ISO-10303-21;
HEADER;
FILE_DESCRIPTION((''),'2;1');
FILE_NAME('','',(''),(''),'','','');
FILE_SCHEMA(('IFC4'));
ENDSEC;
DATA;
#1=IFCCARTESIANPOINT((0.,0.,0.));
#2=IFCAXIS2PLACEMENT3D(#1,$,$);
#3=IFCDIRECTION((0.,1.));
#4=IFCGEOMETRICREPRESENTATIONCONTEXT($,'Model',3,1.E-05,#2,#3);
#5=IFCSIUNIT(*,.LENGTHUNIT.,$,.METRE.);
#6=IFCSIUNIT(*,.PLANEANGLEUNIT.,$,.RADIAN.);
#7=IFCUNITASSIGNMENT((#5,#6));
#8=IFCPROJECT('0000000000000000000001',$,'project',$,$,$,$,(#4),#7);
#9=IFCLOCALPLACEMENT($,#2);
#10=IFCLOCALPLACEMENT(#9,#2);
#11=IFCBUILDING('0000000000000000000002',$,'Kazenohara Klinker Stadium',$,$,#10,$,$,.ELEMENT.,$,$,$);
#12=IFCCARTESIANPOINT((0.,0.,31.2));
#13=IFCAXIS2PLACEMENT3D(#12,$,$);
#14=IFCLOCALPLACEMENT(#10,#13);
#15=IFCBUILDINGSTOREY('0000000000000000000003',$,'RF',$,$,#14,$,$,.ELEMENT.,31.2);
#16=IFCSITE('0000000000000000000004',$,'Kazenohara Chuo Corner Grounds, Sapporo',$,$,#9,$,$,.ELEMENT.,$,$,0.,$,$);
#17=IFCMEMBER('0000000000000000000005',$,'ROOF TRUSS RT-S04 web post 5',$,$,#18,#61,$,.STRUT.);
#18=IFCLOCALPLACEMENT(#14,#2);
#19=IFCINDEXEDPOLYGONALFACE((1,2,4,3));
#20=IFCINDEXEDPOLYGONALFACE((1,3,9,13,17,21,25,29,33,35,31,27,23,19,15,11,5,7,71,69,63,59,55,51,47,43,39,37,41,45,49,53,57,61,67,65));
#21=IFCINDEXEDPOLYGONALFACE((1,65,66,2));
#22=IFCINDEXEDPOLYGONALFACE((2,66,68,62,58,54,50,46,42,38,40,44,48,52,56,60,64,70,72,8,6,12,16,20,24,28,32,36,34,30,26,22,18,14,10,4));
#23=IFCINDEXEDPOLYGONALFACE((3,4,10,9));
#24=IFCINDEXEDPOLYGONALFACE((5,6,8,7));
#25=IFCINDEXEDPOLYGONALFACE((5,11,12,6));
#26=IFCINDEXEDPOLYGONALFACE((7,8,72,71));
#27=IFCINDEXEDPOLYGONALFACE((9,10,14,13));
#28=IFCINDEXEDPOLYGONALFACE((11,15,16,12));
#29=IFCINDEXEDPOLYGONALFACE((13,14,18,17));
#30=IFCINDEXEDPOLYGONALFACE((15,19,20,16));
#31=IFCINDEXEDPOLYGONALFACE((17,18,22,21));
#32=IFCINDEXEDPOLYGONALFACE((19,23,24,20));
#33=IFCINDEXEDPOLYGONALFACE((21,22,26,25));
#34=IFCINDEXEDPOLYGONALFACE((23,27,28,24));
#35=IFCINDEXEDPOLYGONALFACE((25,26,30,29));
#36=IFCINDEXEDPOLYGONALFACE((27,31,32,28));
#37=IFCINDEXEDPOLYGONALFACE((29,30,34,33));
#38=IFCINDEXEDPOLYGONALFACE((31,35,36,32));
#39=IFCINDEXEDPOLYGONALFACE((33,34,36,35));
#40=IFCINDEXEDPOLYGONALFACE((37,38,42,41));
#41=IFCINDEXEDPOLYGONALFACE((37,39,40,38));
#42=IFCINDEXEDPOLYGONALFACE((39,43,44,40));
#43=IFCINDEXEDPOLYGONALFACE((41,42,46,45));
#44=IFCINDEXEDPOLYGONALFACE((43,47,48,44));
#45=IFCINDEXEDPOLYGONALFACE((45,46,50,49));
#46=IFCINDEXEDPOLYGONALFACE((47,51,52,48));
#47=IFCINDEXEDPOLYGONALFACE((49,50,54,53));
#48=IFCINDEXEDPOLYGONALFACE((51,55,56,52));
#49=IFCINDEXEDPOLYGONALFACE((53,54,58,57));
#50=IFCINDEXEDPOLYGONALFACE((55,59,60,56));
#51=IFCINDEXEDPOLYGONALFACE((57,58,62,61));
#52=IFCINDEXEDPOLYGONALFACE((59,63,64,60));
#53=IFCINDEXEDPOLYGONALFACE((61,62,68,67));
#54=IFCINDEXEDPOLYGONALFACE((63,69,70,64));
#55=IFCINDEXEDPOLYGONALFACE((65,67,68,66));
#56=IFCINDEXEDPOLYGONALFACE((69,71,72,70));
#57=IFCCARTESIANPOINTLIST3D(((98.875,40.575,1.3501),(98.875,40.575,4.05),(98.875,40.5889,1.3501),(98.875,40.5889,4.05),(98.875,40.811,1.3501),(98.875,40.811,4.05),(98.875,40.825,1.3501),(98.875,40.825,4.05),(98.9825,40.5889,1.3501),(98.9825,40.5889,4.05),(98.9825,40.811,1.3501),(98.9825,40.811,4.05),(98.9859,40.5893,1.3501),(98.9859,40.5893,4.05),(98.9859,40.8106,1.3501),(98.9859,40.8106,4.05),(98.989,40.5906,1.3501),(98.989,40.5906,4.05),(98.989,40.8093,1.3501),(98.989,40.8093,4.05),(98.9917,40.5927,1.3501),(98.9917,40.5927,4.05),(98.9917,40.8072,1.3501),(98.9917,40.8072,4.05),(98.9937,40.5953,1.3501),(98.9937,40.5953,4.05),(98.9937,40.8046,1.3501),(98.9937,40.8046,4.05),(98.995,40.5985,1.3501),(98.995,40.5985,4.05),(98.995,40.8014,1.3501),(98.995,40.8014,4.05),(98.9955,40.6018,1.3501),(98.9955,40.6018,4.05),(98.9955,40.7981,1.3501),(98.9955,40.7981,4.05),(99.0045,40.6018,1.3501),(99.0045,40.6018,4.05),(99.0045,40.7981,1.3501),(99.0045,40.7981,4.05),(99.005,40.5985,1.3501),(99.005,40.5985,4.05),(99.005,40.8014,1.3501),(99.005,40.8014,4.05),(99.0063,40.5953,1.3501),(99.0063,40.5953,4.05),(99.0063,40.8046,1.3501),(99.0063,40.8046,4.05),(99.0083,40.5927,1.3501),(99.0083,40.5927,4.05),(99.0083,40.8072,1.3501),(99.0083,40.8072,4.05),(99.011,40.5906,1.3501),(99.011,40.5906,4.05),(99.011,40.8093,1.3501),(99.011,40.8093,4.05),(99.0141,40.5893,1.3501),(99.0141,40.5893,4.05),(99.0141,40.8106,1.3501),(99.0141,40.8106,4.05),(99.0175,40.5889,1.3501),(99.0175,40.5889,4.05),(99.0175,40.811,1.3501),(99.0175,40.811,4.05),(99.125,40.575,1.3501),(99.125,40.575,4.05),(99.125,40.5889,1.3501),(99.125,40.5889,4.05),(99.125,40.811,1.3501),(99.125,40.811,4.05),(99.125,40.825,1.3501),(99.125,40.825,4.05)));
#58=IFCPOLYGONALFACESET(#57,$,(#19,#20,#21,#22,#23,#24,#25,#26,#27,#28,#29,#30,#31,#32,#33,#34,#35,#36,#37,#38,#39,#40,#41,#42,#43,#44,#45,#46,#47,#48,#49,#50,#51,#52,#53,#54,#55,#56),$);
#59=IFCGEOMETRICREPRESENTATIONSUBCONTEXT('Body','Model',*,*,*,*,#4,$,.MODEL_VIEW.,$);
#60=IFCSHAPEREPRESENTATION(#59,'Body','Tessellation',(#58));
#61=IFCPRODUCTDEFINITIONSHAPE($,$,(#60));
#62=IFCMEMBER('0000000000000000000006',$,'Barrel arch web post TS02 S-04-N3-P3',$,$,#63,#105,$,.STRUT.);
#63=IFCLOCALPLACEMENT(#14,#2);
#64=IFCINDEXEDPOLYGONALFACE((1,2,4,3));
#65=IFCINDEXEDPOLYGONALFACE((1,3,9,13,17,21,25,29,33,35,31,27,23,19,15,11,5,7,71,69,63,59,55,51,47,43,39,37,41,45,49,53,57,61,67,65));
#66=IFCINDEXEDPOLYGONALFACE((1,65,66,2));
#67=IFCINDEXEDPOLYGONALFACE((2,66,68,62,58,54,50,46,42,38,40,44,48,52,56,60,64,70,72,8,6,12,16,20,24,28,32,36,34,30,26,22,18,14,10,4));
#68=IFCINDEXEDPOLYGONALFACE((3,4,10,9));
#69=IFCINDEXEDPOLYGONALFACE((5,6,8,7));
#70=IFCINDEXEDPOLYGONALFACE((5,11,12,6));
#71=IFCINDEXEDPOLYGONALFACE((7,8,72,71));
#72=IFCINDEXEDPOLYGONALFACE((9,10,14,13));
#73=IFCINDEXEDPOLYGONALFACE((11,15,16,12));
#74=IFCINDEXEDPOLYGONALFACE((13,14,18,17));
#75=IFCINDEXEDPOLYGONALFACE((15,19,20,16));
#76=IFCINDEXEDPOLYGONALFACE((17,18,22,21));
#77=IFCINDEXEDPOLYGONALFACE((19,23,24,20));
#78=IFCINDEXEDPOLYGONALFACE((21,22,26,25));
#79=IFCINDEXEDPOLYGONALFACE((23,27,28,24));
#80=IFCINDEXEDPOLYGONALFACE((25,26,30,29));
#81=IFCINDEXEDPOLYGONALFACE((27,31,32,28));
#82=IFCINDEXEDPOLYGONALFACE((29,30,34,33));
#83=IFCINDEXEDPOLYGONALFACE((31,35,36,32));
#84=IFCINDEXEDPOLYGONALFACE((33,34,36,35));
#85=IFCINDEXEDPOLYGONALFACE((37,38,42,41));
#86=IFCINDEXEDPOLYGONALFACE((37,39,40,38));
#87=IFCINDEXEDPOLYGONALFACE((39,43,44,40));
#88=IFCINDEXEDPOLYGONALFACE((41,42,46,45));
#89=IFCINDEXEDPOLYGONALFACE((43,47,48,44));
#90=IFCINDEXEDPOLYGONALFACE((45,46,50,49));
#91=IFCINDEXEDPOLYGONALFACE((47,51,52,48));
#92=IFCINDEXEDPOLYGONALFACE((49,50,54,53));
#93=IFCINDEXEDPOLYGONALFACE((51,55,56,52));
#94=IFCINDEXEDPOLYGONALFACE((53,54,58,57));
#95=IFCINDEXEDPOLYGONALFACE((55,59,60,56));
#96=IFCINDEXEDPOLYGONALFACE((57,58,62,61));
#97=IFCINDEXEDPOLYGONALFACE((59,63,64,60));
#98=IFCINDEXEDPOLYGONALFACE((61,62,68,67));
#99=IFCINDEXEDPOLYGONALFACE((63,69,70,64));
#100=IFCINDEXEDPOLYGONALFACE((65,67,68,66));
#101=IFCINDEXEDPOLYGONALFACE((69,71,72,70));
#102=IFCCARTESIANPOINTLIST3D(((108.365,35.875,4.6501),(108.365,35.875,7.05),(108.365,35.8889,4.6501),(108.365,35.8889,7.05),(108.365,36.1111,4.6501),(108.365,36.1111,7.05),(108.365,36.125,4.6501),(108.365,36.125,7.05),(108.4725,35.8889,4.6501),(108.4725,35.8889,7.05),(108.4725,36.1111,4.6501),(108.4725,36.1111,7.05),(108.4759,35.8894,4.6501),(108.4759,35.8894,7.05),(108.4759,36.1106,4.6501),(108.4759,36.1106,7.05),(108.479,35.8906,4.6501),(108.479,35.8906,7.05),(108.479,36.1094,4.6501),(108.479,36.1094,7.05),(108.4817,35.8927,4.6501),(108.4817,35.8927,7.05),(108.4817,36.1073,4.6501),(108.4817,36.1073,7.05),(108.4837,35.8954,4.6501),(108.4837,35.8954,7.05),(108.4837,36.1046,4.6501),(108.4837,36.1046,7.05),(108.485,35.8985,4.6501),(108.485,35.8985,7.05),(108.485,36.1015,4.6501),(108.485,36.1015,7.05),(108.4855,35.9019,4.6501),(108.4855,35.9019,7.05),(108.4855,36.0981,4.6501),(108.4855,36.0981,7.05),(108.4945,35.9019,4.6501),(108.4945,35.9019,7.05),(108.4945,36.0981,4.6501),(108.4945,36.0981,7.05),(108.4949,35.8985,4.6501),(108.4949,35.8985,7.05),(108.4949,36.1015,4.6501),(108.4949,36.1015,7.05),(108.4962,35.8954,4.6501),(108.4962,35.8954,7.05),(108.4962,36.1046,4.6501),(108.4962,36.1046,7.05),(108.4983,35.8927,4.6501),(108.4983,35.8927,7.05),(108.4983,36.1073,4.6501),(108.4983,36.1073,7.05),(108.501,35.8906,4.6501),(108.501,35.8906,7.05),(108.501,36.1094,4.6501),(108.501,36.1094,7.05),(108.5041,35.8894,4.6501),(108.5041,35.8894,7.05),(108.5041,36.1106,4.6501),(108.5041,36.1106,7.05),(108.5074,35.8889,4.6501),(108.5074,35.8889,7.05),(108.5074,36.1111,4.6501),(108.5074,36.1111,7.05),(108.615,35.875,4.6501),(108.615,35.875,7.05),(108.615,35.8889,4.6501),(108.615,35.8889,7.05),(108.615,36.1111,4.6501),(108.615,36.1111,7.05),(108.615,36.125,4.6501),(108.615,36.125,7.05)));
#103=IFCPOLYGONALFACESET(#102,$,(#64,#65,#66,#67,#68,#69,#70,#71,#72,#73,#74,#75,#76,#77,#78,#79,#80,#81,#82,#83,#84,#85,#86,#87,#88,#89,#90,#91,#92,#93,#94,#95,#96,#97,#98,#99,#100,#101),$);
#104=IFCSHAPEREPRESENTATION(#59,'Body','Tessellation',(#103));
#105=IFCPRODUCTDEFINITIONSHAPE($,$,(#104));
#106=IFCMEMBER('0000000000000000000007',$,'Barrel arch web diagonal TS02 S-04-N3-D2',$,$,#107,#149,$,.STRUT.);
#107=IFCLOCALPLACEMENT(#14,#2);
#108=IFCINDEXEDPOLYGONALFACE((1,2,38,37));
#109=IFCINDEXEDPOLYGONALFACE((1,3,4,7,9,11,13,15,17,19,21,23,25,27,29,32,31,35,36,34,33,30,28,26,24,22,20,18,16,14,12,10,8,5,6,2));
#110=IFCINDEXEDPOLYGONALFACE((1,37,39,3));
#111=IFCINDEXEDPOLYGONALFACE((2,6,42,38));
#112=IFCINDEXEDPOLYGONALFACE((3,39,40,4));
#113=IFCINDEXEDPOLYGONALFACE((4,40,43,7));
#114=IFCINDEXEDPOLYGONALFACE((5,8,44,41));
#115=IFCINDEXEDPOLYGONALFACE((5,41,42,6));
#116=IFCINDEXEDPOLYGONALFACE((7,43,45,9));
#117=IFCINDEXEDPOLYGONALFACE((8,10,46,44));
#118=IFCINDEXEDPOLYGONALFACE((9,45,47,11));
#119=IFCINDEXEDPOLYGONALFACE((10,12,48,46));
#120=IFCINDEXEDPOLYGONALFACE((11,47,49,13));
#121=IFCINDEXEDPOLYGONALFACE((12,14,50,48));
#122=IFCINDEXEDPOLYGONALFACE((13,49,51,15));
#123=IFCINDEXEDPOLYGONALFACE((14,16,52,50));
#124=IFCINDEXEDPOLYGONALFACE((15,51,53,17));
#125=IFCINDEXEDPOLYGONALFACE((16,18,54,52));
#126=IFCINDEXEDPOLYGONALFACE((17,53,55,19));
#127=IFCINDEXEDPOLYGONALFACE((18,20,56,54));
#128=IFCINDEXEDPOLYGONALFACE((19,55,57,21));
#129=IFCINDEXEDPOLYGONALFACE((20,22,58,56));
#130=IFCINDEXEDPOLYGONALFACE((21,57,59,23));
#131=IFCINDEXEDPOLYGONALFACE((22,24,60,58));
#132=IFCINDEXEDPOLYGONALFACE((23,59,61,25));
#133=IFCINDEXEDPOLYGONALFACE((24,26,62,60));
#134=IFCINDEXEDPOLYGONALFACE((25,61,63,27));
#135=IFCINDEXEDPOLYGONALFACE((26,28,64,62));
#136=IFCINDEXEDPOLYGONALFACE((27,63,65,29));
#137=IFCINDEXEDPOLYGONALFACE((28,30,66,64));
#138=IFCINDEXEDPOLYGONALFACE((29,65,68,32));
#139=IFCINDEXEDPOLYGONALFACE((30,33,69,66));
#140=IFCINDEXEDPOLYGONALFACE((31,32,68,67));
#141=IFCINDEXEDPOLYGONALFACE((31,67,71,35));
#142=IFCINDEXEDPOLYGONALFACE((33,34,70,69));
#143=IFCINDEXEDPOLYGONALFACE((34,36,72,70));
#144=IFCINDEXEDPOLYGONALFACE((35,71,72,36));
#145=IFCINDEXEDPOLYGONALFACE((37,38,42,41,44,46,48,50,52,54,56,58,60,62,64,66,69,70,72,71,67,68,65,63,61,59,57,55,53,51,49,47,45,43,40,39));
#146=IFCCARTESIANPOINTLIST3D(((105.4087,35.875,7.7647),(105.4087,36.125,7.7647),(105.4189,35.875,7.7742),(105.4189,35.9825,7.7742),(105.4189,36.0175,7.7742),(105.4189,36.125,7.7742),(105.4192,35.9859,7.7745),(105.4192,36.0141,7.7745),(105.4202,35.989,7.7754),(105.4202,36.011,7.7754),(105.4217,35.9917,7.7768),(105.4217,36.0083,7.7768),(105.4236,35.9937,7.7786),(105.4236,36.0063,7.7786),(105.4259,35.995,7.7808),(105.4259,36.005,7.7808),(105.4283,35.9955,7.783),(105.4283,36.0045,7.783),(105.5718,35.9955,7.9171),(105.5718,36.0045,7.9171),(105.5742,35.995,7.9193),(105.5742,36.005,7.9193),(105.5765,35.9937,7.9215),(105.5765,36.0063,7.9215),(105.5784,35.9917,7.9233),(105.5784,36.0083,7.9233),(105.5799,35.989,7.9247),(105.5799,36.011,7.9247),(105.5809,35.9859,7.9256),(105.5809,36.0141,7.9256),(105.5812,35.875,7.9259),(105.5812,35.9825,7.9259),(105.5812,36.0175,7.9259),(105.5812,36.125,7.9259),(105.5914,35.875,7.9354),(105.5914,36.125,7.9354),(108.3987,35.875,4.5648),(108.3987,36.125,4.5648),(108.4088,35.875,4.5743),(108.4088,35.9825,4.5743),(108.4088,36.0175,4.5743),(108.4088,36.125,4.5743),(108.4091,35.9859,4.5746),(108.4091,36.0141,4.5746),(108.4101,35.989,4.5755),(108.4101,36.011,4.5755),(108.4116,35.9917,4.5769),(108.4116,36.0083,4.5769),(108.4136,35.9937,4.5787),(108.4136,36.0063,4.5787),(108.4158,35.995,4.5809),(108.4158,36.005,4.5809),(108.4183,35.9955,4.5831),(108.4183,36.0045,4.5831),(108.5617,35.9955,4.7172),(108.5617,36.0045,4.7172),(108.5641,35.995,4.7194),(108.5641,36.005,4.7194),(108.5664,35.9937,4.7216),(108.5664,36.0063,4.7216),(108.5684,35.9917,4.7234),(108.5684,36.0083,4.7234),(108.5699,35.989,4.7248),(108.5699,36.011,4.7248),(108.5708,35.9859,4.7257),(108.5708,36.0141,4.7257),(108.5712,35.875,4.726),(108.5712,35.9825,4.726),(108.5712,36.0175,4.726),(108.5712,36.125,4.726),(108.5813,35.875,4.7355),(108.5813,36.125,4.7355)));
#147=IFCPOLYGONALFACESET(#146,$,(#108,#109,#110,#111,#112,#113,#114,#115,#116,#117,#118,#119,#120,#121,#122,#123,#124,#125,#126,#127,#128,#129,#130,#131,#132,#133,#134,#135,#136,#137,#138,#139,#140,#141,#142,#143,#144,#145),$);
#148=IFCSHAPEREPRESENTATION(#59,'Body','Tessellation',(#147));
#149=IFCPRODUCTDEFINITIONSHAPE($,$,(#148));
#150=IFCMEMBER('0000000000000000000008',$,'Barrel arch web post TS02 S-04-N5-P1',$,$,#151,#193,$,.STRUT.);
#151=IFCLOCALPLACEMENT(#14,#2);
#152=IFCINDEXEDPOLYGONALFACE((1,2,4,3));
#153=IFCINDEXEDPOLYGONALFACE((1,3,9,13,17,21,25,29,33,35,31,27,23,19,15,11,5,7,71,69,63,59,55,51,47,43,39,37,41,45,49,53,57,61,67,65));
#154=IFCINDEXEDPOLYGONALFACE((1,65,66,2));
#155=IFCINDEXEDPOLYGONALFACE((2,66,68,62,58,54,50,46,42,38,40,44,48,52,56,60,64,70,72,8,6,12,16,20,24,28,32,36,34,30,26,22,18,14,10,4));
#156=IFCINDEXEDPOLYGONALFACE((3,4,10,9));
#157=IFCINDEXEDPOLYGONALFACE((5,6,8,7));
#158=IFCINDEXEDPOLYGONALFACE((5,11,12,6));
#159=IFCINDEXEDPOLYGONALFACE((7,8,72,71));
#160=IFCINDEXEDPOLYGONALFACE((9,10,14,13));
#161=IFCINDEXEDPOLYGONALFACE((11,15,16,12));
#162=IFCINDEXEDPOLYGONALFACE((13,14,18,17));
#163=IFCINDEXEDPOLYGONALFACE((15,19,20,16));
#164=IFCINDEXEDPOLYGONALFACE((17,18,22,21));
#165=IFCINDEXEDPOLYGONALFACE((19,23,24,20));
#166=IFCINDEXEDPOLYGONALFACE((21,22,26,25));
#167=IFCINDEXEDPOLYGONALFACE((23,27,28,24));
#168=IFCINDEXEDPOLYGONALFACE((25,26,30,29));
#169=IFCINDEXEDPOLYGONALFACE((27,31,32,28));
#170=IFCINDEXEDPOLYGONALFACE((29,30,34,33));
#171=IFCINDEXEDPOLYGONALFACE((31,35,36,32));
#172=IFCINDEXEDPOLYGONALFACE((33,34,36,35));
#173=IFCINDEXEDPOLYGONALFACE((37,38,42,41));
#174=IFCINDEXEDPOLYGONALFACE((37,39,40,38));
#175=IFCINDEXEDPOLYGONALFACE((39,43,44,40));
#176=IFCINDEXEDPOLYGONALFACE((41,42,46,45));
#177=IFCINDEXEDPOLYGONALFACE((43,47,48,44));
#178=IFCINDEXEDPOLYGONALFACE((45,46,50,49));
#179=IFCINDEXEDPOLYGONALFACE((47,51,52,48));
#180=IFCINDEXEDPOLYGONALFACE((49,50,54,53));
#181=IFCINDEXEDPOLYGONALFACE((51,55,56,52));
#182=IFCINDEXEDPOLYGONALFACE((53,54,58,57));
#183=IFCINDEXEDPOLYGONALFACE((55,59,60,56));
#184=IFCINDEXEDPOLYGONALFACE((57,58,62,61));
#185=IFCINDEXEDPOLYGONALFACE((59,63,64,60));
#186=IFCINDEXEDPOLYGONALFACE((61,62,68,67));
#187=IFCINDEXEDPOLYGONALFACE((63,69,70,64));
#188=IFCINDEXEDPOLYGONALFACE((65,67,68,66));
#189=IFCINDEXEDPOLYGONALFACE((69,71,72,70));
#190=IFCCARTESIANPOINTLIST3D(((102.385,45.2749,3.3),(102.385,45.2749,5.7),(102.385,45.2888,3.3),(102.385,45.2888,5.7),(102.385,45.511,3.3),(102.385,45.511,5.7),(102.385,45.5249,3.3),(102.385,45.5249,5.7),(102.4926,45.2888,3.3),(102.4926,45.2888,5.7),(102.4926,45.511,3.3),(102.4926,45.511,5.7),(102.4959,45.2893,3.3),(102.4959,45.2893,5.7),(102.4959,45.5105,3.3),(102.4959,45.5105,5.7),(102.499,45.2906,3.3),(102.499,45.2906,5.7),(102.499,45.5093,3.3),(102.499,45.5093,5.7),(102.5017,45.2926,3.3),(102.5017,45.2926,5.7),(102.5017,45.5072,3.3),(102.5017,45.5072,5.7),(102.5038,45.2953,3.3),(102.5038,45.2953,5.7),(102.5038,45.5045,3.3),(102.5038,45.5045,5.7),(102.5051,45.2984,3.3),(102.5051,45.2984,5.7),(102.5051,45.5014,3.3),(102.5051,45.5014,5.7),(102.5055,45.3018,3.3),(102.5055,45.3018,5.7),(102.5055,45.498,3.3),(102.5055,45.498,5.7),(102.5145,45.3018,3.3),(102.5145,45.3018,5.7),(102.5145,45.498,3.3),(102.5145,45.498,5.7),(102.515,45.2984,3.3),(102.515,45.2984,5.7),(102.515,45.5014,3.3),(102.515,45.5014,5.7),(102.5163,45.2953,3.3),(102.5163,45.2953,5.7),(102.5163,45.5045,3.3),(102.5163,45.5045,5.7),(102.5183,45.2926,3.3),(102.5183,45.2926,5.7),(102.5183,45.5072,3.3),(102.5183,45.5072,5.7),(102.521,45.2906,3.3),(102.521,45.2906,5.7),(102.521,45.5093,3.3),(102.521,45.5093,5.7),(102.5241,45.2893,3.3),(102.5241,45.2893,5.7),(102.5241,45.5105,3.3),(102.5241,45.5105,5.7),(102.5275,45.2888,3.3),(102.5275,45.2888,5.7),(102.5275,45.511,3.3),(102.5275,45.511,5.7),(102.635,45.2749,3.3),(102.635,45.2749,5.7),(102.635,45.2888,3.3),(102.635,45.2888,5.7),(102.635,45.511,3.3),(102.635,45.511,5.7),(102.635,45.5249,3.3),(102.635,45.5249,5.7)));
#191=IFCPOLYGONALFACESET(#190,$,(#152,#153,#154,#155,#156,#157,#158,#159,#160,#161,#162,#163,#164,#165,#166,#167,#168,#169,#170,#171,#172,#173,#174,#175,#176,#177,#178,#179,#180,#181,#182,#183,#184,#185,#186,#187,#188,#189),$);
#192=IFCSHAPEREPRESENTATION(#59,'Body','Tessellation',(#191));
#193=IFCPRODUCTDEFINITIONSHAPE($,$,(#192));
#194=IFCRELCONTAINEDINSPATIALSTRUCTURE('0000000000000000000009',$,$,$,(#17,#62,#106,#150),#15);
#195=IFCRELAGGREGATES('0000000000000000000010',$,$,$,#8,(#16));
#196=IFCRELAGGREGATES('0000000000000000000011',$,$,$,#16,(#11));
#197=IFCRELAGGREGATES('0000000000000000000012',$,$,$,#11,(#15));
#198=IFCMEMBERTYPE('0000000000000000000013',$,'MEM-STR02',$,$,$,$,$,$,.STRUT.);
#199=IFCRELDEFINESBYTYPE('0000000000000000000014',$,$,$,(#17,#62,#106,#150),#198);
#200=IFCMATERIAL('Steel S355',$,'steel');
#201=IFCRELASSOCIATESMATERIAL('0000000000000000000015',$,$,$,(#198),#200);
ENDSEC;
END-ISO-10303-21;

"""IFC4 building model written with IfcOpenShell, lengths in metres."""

from ifc_helpers import new_model, si_unit, direction, frame, origin, origin_2d, place, context, subcontext, project, spatial, i_section, extrude, material, material_profile, profile_set, type_object, element, save


model = new_model("IFC4")

# Units and contexts
model_context = context("Model", 3, precision=1e-05, world=origin(), true_north=direction((0.0, 1.0)))
body_context = subcontext(model_context, "Body", "Model", "MODEL_VIEW")
ifc_project = project(units=[si_unit("LENGTHUNIT", "METRE"), si_unit("PLANEANGLEUNIT", "RADIAN")], contexts=[model_context])

# Site, building, storey
site_placement = place(None, origin())
site = spatial("IfcSite", under=ifc_project, at=site_placement, Name="Kazenohara Chuo Corner Grounds, Sapporo", CompositionType="ELEMENT", RefElevation=0.0)
building_placement = place(site_placement, origin())
building = spatial("IfcBuilding", under=site, at=building_placement, Name="Kazenohara Klinker Stadium", CompositionType="ELEMENT")
storey_placement = place(building_placement, frame((0.0, 0.0, 31.2)))
storey = spatial("IfcBuildingStorey", under=building, at=storey_placement, Name="RF", CompositionType="ELEMENT", Elevation=31.2)

# Members
ifc_material_1 = material(Name="Steel S355", Category="steel")
ifc_material_profile_1 = material_profile(ifc_material_1, i_section(OverallWidth=0.25, OverallDepth=0.25, WebThickness=0.009, FlangeThickness=0.0139, FilletRadius=0.0129, at=origin_2d()), Name="H-250x250x9x14")
ifc_profile_set_1 = profile_set([ifc_material_profile_1], Name="Steel S355")
member_type_1 = type_object("IfcMemberType", Name="MEM-STR02", PredefinedType="STRUT", material=ifc_profile_set_1)
member_1_placement = place(storey_placement, frame((99.0, 40.7, 1.3501), z_axis=(0.0, 0.0, 1.0), x_axis=(1.0, 0.0, 0.0)))
element("IfcMember", 1, at=member_1_placement, inside=storey, type_object=member_type_1, Name="ROOF TRUSS RT-S04 web post 5", PredefinedType="STRUT", context=body_context, shape_type="SweptSolid", body=[
    extrude(i_section(OverallWidth=0.25, OverallDepth=0.25, WebThickness=0.009, FlangeThickness=0.0139, FilletRadius=0.0129, at=origin_2d()), origin(), (0.0, 0.0, 1.0), 2.7),
])
member_2_placement = place(storey_placement, frame((108.49, 36.0, 4.6501), z_axis=(0.0, 0.0, 1.0), x_axis=(1.0, 0.0, 0.0)))
element("IfcMember", 2, at=member_2_placement, inside=storey, type_object=member_type_1, Name="Barrel arch web post TS02 S-04-N3-P3", PredefinedType="STRUT", context=body_context, shape_type="SweptSolid", body=[
    extrude(i_section(OverallWidth=0.25, OverallDepth=0.25, WebThickness=0.009, FlangeThickness=0.0139, FilletRadius=0.0129, at=origin_2d()), origin(), (0.0, 0.0, 1.0), 2.3999),
])
member_3_placement = place(storey_placement, frame((108.49, 36.0, 4.6501), z_axis=(-0.682729, 0.0, 0.730671), x_axis=(0.0, -1.0, 0.0)))
element("IfcMember", 3, at=member_3_placement, inside=storey, type_object=member_type_1, Name="Barrel arch web diagonal TS02 S-04-N3-D2", PredefinedType="STRUT", context=body_context, shape_type="SweptSolid", body=[
    extrude(i_section(OverallWidth=0.25, OverallDepth=0.25, WebThickness=0.009, FlangeThickness=0.0139, FilletRadius=0.0129, at=origin_2d()), origin(), (0.0, 0.0, 1.0), 4.3794),
])
member_4_placement = place(storey_placement, frame((102.51, 45.3999, 3.3), z_axis=(0.0, 0.0, 1.0), x_axis=(1.0, 0.0, 0.0)))
element("IfcMember", 4, at=member_4_placement, inside=storey, type_object=member_type_1, Name="Barrel arch web post TS02 S-04-N5-P1", PredefinedType="STRUT", context=body_context, shape_type="SweptSolid", body=[
    extrude(i_section(OverallWidth=0.25, OverallDepth=0.25, WebThickness=0.009, FlangeThickness=0.0139, FilletRadius=0.0129, at=origin_2d()), origin(), (0.0, 0.0, 1.0), 2.3999),
])

save(model, "model.ifc")
